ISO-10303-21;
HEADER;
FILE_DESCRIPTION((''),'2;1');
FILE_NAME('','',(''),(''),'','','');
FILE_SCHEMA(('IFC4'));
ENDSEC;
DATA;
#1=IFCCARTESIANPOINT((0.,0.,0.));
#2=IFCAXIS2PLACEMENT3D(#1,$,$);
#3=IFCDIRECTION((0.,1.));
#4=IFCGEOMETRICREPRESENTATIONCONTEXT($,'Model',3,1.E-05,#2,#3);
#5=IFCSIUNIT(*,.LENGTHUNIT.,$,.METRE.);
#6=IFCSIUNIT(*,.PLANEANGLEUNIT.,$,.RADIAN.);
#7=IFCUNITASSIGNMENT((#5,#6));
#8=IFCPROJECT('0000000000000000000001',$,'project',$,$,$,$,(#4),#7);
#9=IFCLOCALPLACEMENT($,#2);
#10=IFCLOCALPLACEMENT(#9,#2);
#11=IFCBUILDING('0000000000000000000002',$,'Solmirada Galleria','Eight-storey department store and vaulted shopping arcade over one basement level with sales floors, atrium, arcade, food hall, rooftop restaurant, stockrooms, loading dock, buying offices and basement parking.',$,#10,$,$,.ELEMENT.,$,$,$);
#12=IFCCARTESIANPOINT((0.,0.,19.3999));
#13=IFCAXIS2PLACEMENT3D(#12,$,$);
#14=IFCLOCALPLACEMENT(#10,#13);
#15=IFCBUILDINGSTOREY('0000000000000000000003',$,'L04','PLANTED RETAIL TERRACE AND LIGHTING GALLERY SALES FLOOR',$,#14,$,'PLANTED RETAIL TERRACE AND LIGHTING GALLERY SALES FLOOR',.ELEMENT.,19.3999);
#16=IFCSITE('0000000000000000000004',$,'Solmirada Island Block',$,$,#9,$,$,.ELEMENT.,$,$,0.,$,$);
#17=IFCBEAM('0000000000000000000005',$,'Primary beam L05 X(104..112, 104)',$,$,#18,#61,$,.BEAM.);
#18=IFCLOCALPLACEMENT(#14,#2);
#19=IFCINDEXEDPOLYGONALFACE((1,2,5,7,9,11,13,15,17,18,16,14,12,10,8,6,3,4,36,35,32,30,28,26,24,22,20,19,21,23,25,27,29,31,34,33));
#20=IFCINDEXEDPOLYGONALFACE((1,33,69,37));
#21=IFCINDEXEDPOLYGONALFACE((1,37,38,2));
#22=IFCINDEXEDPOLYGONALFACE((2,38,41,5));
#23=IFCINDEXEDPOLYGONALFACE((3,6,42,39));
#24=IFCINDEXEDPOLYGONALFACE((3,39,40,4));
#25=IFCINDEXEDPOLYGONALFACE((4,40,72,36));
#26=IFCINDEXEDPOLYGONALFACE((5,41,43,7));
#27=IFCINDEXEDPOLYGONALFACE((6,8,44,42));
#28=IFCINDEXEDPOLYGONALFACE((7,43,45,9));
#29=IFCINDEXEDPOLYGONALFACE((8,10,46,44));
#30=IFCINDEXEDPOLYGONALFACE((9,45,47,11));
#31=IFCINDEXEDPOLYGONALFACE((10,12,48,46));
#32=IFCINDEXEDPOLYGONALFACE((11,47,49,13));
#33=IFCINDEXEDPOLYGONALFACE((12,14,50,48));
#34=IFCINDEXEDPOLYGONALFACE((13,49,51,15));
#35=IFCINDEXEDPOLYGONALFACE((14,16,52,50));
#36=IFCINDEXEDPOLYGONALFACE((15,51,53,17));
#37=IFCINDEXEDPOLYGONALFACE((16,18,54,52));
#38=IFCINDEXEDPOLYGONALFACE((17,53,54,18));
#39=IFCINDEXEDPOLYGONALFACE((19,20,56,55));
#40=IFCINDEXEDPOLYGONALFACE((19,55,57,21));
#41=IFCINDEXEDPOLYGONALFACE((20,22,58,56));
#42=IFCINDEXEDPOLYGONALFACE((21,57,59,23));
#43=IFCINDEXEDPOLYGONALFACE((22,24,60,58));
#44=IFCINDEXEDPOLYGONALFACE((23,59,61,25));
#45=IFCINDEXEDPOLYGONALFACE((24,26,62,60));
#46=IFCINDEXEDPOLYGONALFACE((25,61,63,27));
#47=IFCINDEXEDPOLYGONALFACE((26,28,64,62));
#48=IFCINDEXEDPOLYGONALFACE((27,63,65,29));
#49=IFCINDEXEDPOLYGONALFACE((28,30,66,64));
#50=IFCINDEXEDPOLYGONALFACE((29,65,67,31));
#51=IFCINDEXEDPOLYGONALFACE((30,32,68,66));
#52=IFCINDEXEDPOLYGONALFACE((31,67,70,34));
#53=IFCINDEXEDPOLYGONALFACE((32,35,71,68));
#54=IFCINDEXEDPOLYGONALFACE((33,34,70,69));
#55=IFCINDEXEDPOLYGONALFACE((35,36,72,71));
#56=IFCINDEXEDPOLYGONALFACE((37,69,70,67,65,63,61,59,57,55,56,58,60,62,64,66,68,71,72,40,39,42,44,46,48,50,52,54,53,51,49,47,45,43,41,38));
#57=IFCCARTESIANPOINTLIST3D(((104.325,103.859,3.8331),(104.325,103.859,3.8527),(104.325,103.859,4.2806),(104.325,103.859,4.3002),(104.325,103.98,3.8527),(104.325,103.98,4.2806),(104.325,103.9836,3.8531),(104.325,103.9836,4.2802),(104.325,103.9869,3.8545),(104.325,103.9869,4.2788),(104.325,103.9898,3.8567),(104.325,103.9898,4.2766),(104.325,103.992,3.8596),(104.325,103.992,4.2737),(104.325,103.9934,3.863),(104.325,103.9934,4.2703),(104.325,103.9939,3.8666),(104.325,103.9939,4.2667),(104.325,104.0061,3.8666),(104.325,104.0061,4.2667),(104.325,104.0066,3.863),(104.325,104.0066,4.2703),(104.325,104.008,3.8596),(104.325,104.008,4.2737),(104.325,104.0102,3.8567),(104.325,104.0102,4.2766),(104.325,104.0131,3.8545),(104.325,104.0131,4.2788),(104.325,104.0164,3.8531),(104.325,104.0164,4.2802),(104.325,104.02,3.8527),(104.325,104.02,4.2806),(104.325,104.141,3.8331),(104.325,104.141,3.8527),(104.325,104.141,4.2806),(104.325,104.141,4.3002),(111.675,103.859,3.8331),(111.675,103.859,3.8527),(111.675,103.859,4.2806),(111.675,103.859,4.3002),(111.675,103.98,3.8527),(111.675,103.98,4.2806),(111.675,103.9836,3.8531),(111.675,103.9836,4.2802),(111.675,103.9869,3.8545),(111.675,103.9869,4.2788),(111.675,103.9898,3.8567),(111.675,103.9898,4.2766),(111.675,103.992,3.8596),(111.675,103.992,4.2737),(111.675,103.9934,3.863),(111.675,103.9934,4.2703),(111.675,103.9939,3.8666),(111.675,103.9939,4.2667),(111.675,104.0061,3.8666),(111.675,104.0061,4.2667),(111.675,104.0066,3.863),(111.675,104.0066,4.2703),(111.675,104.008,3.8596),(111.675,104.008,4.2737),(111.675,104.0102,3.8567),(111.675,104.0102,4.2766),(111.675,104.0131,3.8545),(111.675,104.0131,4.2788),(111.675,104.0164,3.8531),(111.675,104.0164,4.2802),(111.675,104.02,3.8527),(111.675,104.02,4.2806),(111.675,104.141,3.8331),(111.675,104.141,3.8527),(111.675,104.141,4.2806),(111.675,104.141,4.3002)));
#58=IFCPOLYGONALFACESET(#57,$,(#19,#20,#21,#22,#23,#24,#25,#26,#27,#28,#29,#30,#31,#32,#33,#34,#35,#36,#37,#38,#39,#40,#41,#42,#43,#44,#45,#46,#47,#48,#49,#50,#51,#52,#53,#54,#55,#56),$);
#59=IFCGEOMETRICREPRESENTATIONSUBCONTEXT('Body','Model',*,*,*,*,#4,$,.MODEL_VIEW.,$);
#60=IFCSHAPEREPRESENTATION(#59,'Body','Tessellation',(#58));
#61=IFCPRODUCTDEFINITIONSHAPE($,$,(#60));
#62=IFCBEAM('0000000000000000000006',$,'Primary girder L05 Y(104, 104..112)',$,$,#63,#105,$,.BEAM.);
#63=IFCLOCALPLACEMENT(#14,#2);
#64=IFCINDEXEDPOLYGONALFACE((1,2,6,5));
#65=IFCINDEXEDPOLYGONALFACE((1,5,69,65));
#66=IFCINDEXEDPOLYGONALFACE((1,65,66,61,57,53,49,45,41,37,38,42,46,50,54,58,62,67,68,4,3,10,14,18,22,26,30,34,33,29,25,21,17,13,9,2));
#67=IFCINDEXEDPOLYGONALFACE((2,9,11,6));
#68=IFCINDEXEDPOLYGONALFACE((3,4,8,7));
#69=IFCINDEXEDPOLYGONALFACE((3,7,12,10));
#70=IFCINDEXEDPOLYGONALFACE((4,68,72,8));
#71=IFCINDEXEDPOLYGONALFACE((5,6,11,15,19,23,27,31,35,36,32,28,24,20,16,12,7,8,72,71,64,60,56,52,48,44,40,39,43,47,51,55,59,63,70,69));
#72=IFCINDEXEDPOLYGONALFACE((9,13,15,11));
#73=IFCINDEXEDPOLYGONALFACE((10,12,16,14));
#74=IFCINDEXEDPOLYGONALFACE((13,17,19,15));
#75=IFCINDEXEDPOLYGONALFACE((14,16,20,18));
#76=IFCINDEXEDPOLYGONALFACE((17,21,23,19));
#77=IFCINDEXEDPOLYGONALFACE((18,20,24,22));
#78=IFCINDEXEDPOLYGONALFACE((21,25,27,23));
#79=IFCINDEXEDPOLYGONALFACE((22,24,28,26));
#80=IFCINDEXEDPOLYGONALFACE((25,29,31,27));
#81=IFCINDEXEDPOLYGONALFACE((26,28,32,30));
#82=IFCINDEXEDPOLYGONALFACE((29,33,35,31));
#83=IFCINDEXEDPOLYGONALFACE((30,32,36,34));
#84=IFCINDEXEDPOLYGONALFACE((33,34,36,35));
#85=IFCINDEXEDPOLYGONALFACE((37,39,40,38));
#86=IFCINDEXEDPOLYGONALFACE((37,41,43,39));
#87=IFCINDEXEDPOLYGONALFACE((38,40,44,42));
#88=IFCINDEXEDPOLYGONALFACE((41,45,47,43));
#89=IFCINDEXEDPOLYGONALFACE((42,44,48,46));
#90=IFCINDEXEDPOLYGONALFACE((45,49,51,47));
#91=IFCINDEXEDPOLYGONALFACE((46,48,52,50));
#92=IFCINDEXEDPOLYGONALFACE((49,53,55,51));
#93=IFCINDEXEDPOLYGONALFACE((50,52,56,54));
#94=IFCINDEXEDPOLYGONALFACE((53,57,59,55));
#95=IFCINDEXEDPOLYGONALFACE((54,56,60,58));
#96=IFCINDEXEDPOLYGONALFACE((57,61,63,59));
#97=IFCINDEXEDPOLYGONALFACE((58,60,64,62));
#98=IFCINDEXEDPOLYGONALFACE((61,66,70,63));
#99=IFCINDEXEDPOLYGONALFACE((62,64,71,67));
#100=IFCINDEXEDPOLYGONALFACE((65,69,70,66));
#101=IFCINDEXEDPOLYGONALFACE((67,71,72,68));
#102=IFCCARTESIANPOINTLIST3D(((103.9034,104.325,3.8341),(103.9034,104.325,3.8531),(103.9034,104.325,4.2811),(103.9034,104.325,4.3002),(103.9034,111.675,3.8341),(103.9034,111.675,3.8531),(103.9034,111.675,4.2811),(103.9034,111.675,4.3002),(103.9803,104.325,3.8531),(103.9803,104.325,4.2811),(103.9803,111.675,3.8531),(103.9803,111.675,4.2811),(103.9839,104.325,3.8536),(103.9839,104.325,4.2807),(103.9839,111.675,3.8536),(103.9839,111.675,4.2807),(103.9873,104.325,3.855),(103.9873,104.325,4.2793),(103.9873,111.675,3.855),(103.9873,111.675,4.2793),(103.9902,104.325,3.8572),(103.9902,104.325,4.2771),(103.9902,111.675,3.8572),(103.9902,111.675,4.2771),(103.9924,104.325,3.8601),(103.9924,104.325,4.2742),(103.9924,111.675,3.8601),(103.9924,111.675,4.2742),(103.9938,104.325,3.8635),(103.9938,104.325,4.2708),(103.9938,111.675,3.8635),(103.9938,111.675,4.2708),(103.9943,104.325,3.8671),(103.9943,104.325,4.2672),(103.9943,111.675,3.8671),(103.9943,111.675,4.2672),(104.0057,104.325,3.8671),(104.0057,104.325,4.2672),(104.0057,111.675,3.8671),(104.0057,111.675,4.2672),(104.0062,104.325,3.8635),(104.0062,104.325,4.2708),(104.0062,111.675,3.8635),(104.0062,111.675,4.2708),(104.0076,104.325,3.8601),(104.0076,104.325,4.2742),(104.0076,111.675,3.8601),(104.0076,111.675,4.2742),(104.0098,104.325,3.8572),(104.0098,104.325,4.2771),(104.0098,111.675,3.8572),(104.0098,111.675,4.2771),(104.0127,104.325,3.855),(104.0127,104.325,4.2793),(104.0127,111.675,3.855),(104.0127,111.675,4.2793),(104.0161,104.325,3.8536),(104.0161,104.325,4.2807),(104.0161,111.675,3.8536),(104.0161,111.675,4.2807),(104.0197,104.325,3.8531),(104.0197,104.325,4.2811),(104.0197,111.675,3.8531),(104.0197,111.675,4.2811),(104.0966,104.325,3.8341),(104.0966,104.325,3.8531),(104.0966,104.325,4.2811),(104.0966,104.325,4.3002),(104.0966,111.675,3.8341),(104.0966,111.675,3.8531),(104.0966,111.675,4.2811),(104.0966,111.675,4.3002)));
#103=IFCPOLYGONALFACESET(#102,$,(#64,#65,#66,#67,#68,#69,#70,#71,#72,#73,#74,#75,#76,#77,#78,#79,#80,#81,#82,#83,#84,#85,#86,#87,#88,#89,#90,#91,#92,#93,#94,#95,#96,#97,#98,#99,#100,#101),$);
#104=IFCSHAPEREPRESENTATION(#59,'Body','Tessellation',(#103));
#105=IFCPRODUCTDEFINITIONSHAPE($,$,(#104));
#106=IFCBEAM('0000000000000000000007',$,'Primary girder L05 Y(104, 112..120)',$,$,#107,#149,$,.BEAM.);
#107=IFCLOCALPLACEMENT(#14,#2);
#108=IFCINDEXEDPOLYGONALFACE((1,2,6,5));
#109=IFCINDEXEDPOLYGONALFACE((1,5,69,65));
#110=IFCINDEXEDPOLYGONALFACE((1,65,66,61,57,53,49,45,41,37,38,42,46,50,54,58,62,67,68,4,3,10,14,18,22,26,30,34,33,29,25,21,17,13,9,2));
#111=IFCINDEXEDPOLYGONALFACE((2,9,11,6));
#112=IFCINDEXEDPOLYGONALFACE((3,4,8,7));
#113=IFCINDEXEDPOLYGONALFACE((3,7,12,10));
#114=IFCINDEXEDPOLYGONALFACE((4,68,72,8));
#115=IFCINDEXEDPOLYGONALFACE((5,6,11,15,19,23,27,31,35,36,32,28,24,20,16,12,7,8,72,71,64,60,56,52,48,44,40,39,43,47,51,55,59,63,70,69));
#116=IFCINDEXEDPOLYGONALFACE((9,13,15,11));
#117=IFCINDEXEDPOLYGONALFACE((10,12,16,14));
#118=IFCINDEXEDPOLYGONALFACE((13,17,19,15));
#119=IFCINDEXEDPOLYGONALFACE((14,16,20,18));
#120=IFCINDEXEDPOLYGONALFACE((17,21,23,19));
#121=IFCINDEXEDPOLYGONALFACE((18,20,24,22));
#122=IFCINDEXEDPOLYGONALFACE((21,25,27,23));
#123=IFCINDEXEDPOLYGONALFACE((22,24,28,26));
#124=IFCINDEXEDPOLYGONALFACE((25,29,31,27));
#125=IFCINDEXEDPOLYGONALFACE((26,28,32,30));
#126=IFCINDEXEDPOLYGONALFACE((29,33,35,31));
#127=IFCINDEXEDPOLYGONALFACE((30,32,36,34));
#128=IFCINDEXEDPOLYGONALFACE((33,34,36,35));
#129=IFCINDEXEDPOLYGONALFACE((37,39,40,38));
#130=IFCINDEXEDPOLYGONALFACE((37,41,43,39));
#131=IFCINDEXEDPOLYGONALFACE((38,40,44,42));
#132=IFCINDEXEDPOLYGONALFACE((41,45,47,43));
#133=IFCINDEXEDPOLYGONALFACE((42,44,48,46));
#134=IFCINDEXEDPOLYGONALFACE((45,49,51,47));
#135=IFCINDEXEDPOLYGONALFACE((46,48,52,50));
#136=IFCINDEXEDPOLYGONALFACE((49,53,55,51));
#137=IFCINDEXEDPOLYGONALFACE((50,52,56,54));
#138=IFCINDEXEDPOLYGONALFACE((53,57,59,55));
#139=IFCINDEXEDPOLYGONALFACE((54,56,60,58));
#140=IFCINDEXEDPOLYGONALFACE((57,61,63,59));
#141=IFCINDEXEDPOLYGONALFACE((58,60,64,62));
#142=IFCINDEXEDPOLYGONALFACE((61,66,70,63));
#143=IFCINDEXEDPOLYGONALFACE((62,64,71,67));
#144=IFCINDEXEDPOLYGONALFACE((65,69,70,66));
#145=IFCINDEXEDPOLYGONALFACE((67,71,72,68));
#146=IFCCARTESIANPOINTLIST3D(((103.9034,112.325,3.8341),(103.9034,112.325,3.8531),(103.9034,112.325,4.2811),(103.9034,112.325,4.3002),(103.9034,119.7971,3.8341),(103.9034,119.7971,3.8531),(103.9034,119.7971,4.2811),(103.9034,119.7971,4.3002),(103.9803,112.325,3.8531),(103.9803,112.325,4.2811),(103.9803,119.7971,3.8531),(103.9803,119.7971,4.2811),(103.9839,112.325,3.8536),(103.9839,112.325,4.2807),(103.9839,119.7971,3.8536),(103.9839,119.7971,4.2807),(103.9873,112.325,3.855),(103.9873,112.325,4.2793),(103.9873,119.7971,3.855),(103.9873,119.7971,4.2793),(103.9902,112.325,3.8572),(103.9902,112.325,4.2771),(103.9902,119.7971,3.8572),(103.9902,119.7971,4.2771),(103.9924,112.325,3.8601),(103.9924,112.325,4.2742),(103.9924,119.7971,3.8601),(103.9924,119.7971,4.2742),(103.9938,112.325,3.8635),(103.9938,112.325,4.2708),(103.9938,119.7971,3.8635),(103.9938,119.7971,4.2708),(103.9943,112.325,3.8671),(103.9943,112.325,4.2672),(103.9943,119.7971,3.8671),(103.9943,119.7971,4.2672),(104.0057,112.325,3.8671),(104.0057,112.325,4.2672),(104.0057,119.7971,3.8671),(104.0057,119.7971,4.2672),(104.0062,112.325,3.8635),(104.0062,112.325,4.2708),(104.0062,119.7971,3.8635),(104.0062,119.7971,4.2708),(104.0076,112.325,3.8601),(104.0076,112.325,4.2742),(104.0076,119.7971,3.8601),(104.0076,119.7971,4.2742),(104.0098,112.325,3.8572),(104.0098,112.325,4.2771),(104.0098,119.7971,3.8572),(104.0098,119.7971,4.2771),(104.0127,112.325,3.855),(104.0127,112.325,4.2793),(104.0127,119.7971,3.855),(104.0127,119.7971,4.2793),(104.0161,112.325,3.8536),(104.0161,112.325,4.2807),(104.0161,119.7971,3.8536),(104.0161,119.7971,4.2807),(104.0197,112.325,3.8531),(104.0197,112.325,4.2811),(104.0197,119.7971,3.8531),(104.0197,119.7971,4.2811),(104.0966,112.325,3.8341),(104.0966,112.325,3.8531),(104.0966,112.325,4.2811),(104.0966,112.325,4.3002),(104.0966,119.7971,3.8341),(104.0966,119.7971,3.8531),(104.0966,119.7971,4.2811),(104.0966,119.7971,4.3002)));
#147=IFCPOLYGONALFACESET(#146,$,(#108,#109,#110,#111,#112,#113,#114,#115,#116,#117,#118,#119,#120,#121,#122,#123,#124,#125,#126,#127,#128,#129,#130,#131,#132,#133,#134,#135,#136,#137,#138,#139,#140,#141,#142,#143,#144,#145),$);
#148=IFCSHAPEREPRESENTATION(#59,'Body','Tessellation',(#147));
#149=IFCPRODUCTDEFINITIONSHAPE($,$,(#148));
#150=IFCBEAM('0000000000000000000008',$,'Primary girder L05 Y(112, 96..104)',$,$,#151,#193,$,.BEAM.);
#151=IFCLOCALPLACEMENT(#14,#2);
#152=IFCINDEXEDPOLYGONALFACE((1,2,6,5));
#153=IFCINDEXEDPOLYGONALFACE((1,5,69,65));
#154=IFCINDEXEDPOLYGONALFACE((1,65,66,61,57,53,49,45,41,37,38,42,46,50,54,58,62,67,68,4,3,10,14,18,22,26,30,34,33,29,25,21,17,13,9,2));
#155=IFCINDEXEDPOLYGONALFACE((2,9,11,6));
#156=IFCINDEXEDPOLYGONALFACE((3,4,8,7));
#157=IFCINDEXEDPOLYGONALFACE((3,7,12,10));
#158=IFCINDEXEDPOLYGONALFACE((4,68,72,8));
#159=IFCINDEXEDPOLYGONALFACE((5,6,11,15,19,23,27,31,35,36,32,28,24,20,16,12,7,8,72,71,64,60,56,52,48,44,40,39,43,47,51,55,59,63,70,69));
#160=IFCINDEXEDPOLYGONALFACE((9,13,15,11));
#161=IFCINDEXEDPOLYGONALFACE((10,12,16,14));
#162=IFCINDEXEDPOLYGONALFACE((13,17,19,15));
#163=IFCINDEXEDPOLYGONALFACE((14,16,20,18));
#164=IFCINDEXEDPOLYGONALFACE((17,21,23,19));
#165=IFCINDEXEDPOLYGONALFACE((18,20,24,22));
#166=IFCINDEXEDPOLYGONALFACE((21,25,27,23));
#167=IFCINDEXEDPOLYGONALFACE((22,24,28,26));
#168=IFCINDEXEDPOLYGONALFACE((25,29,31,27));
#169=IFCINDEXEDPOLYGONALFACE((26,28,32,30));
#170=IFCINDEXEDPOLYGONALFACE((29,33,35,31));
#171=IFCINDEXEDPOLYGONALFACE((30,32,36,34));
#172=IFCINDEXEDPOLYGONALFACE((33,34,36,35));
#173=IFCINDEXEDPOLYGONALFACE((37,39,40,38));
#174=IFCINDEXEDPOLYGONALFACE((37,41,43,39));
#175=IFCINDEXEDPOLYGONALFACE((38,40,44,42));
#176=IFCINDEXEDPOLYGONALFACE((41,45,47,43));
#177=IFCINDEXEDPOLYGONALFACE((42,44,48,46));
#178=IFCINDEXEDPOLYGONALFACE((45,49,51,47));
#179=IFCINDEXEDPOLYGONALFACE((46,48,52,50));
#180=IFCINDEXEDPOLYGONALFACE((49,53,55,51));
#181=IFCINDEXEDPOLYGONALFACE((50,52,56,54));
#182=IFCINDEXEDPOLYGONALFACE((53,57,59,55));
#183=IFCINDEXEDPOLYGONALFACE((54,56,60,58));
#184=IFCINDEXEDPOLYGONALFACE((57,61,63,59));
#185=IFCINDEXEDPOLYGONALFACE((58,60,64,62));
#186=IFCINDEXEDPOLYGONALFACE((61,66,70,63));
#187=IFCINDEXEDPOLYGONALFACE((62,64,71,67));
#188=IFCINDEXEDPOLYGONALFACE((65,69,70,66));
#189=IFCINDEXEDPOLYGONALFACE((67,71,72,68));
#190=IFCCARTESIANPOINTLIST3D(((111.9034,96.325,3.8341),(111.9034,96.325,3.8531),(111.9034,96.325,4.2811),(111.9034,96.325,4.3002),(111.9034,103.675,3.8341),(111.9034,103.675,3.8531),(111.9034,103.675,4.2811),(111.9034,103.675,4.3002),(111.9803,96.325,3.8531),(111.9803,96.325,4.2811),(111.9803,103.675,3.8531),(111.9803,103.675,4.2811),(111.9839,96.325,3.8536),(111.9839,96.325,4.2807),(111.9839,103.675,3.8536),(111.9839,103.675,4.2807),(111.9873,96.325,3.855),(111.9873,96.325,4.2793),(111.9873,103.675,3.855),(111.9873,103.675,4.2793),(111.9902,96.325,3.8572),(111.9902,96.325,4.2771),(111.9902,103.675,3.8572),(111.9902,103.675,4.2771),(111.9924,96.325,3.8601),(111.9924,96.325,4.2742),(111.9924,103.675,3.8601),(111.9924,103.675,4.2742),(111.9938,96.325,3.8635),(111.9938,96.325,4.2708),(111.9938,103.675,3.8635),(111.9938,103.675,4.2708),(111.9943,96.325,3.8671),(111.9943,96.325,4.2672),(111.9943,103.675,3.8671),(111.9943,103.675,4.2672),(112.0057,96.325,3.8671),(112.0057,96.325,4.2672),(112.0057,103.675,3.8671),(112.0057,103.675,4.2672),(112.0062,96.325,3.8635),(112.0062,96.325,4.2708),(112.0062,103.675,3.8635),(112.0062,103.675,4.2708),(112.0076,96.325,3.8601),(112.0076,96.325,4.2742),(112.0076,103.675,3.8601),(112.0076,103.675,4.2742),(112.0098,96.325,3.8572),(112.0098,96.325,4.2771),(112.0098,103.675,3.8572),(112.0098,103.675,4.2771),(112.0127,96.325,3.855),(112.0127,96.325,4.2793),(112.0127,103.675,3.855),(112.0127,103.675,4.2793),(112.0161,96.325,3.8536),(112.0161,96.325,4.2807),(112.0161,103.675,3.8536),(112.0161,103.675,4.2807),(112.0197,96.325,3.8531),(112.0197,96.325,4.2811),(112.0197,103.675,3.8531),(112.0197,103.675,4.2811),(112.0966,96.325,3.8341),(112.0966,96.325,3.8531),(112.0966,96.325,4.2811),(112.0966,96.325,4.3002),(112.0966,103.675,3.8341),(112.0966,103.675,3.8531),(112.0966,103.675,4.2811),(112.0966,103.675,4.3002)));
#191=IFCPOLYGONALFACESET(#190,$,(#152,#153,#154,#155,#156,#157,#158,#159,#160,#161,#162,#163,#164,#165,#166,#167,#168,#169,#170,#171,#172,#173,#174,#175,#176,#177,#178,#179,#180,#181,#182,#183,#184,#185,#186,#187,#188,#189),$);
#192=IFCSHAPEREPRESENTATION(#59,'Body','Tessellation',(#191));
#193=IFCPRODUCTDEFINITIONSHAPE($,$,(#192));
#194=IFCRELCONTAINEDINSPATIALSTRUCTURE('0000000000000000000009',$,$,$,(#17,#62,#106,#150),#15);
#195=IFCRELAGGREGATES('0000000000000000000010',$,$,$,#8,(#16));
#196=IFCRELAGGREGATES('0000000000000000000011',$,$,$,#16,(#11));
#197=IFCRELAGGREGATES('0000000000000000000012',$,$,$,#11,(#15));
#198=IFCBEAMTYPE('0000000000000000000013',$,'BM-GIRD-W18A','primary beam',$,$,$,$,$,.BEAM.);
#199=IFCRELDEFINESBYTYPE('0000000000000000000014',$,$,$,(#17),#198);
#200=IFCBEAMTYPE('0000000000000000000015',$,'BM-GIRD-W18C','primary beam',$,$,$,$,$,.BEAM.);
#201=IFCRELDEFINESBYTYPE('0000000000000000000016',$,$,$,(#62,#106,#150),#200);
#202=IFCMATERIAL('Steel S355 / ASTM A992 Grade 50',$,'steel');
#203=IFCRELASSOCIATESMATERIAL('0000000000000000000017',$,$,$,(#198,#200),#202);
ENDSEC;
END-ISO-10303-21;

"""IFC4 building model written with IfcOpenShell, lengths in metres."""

from ifc_helpers import new_model, si_unit, direction, frame, origin, origin_2d, place, context, subcontext, project, spatial, i_section, extrude, material, material_profile, profile_set, type_object, element, save


model = new_model("IFC4")

# Units and contexts
model_context = context("Model", 3, precision=1e-05, world=origin(), true_north=direction((0.0, 1.0)))
body_context = subcontext(model_context, "Body", "Model", "MODEL_VIEW")
ifc_project = project(units=[si_unit("LENGTHUNIT", "METRE"), si_unit("PLANEANGLEUNIT", "RADIAN")], contexts=[model_context])

# Site, building, storey
site_placement = place(None, origin())
site = spatial("IfcSite", under=ifc_project, at=site_placement, Name="Solmirada Island Block", CompositionType="ELEMENT", RefElevation=0.0)
building_placement = place(site_placement, origin())
building = spatial("IfcBuilding", under=site, at=building_placement, Name="Solmirada Galleria", Description="Eight-storey department store and vaulted shopping arcade over one basement level with sales floors, atrium, arcade, food hall, rooftop restaurant, stockrooms, loading dock, buying offices and basement parking.", CompositionType="ELEMENT")
storey_placement = place(building_placement, frame((0.0, 0.0, 19.3999)))
storey = spatial("IfcBuildingStorey", under=building, at=storey_placement, Name="L04", Description="PLANTED RETAIL TERRACE AND LIGHTING GALLERY SALES FLOOR", LongName="PLANTED RETAIL TERRACE AND LIGHTING GALLERY SALES FLOOR", CompositionType="ELEMENT", Elevation=19.3999)

# Beams
ifc_material_1 = material(Name="Steel S355 / ASTM A992 Grade 50", Category="steel")
ifc_material_profile_1 = material_profile(ifc_material_1, i_section(OverallWidth=0.282, OverallDepth=0.467, WebThickness=0.0122, FlangeThickness=0.0195, FilletRadius=0.0139, at=origin_2d()), Name="W18X86")
ifc_profile_set_1 = profile_set([ifc_material_profile_1], Name="Steel S355 / ASTM A992 Grade 50")
beam_type_1 = type_object("IfcBeamType", Name="BM-GIRD-W18A", Description="primary beam", PredefinedType="BEAM", material=ifc_profile_set_1)
beam_1_placement = place(storey_placement, frame((104.325, 104.0, 4.0667), z_axis=(1.0, 0.0, 0.0), x_axis=(0.0, 1.0, 0.0)))
element("IfcBeam", 1, at=beam_1_placement, inside=storey, type_object=beam_type_1, Name="Primary beam L05 X(104..112, 104)", PredefinedType="BEAM", context=body_context, shape_type="SweptSolid", body=[
    extrude(i_section(OverallWidth=0.282, OverallDepth=0.467, WebThickness=0.0122, FlangeThickness=0.0195, FilletRadius=0.0139, at=origin_2d()), origin(), (0.0, 0.0, 1.0), 7.3501),
])
ifc_material_profile_2 = material_profile(ifc_material_1, i_section(OverallWidth=0.1931, OverallDepth=0.4661, WebThickness=0.0115, FlangeThickness=0.019, FilletRadius=0.0139, at=origin_2d()), Name="W18X65")
ifc_profile_set_2 = profile_set([ifc_material_profile_2], Name="Steel S355 / ASTM A992 Grade 50")
beam_type_2 = type_object("IfcBeamType", Name="BM-GIRD-W18C", Description="primary beam", PredefinedType="BEAM", material=ifc_profile_set_2)
beam_2_placement = place(storey_placement, frame((104.0, 104.325, 4.0671), z_axis=(0.0, 1.0, 0.0), x_axis=(-1.0, 0.0, 0.0)))
element("IfcBeam", 2, at=beam_2_placement, inside=storey, type_object=beam_type_2, Name="Primary girder L05 Y(104, 104..112)", PredefinedType="BEAM", context=body_context, shape_type="SweptSolid", body=[
    extrude(i_section(OverallWidth=0.1931, OverallDepth=0.4661, WebThickness=0.0115, FlangeThickness=0.019, FilletRadius=0.0139, at=origin_2d()), origin(), (0.0, 0.0, 1.0), 7.3501),
])
beam_3_placement = place(storey_placement, frame((104.0, 112.325, 4.0671), z_axis=(0.0, 1.0, 0.0), x_axis=(-1.0, 0.0, 0.0)))
element("IfcBeam", 3, at=beam_3_placement, inside=storey, type_object=beam_type_2, Name="Primary girder L05 Y(104, 112..120)", PredefinedType="BEAM", context=body_context, shape_type="SweptSolid", body=[
    extrude(i_section(OverallWidth=0.1931, OverallDepth=0.4661, WebThickness=0.0115, FlangeThickness=0.019, FilletRadius=0.0139, at=origin_2d()), origin(), (0.0, 0.0, 1.0), 7.4722),
])
for number, where, z_axis, x_axis, name in (
    (4, (112.0, 96.325, 4.0671), (0.0, 1.0, 0.0), (-1.0, 0.0, 0.0), "Primary girder L05 Y(112, 96..104)"),
):
    element("IfcBeam", number, at=place(storey_placement, frame(where, z_axis=z_axis, x_axis=x_axis)), inside=storey, type_object=beam_type_2, Name=name, PredefinedType="BEAM", context=body_context, shape_type="SweptSolid", body=[
        extrude(i_section(OverallWidth=0.1931, OverallDepth=0.4661, WebThickness=0.0115, FlangeThickness=0.019, FilletRadius=0.0139, at=origin_2d()), origin(), (0.0, 0.0, 1.0), 7.3501),
    ])

save(model, "model.ifc")
